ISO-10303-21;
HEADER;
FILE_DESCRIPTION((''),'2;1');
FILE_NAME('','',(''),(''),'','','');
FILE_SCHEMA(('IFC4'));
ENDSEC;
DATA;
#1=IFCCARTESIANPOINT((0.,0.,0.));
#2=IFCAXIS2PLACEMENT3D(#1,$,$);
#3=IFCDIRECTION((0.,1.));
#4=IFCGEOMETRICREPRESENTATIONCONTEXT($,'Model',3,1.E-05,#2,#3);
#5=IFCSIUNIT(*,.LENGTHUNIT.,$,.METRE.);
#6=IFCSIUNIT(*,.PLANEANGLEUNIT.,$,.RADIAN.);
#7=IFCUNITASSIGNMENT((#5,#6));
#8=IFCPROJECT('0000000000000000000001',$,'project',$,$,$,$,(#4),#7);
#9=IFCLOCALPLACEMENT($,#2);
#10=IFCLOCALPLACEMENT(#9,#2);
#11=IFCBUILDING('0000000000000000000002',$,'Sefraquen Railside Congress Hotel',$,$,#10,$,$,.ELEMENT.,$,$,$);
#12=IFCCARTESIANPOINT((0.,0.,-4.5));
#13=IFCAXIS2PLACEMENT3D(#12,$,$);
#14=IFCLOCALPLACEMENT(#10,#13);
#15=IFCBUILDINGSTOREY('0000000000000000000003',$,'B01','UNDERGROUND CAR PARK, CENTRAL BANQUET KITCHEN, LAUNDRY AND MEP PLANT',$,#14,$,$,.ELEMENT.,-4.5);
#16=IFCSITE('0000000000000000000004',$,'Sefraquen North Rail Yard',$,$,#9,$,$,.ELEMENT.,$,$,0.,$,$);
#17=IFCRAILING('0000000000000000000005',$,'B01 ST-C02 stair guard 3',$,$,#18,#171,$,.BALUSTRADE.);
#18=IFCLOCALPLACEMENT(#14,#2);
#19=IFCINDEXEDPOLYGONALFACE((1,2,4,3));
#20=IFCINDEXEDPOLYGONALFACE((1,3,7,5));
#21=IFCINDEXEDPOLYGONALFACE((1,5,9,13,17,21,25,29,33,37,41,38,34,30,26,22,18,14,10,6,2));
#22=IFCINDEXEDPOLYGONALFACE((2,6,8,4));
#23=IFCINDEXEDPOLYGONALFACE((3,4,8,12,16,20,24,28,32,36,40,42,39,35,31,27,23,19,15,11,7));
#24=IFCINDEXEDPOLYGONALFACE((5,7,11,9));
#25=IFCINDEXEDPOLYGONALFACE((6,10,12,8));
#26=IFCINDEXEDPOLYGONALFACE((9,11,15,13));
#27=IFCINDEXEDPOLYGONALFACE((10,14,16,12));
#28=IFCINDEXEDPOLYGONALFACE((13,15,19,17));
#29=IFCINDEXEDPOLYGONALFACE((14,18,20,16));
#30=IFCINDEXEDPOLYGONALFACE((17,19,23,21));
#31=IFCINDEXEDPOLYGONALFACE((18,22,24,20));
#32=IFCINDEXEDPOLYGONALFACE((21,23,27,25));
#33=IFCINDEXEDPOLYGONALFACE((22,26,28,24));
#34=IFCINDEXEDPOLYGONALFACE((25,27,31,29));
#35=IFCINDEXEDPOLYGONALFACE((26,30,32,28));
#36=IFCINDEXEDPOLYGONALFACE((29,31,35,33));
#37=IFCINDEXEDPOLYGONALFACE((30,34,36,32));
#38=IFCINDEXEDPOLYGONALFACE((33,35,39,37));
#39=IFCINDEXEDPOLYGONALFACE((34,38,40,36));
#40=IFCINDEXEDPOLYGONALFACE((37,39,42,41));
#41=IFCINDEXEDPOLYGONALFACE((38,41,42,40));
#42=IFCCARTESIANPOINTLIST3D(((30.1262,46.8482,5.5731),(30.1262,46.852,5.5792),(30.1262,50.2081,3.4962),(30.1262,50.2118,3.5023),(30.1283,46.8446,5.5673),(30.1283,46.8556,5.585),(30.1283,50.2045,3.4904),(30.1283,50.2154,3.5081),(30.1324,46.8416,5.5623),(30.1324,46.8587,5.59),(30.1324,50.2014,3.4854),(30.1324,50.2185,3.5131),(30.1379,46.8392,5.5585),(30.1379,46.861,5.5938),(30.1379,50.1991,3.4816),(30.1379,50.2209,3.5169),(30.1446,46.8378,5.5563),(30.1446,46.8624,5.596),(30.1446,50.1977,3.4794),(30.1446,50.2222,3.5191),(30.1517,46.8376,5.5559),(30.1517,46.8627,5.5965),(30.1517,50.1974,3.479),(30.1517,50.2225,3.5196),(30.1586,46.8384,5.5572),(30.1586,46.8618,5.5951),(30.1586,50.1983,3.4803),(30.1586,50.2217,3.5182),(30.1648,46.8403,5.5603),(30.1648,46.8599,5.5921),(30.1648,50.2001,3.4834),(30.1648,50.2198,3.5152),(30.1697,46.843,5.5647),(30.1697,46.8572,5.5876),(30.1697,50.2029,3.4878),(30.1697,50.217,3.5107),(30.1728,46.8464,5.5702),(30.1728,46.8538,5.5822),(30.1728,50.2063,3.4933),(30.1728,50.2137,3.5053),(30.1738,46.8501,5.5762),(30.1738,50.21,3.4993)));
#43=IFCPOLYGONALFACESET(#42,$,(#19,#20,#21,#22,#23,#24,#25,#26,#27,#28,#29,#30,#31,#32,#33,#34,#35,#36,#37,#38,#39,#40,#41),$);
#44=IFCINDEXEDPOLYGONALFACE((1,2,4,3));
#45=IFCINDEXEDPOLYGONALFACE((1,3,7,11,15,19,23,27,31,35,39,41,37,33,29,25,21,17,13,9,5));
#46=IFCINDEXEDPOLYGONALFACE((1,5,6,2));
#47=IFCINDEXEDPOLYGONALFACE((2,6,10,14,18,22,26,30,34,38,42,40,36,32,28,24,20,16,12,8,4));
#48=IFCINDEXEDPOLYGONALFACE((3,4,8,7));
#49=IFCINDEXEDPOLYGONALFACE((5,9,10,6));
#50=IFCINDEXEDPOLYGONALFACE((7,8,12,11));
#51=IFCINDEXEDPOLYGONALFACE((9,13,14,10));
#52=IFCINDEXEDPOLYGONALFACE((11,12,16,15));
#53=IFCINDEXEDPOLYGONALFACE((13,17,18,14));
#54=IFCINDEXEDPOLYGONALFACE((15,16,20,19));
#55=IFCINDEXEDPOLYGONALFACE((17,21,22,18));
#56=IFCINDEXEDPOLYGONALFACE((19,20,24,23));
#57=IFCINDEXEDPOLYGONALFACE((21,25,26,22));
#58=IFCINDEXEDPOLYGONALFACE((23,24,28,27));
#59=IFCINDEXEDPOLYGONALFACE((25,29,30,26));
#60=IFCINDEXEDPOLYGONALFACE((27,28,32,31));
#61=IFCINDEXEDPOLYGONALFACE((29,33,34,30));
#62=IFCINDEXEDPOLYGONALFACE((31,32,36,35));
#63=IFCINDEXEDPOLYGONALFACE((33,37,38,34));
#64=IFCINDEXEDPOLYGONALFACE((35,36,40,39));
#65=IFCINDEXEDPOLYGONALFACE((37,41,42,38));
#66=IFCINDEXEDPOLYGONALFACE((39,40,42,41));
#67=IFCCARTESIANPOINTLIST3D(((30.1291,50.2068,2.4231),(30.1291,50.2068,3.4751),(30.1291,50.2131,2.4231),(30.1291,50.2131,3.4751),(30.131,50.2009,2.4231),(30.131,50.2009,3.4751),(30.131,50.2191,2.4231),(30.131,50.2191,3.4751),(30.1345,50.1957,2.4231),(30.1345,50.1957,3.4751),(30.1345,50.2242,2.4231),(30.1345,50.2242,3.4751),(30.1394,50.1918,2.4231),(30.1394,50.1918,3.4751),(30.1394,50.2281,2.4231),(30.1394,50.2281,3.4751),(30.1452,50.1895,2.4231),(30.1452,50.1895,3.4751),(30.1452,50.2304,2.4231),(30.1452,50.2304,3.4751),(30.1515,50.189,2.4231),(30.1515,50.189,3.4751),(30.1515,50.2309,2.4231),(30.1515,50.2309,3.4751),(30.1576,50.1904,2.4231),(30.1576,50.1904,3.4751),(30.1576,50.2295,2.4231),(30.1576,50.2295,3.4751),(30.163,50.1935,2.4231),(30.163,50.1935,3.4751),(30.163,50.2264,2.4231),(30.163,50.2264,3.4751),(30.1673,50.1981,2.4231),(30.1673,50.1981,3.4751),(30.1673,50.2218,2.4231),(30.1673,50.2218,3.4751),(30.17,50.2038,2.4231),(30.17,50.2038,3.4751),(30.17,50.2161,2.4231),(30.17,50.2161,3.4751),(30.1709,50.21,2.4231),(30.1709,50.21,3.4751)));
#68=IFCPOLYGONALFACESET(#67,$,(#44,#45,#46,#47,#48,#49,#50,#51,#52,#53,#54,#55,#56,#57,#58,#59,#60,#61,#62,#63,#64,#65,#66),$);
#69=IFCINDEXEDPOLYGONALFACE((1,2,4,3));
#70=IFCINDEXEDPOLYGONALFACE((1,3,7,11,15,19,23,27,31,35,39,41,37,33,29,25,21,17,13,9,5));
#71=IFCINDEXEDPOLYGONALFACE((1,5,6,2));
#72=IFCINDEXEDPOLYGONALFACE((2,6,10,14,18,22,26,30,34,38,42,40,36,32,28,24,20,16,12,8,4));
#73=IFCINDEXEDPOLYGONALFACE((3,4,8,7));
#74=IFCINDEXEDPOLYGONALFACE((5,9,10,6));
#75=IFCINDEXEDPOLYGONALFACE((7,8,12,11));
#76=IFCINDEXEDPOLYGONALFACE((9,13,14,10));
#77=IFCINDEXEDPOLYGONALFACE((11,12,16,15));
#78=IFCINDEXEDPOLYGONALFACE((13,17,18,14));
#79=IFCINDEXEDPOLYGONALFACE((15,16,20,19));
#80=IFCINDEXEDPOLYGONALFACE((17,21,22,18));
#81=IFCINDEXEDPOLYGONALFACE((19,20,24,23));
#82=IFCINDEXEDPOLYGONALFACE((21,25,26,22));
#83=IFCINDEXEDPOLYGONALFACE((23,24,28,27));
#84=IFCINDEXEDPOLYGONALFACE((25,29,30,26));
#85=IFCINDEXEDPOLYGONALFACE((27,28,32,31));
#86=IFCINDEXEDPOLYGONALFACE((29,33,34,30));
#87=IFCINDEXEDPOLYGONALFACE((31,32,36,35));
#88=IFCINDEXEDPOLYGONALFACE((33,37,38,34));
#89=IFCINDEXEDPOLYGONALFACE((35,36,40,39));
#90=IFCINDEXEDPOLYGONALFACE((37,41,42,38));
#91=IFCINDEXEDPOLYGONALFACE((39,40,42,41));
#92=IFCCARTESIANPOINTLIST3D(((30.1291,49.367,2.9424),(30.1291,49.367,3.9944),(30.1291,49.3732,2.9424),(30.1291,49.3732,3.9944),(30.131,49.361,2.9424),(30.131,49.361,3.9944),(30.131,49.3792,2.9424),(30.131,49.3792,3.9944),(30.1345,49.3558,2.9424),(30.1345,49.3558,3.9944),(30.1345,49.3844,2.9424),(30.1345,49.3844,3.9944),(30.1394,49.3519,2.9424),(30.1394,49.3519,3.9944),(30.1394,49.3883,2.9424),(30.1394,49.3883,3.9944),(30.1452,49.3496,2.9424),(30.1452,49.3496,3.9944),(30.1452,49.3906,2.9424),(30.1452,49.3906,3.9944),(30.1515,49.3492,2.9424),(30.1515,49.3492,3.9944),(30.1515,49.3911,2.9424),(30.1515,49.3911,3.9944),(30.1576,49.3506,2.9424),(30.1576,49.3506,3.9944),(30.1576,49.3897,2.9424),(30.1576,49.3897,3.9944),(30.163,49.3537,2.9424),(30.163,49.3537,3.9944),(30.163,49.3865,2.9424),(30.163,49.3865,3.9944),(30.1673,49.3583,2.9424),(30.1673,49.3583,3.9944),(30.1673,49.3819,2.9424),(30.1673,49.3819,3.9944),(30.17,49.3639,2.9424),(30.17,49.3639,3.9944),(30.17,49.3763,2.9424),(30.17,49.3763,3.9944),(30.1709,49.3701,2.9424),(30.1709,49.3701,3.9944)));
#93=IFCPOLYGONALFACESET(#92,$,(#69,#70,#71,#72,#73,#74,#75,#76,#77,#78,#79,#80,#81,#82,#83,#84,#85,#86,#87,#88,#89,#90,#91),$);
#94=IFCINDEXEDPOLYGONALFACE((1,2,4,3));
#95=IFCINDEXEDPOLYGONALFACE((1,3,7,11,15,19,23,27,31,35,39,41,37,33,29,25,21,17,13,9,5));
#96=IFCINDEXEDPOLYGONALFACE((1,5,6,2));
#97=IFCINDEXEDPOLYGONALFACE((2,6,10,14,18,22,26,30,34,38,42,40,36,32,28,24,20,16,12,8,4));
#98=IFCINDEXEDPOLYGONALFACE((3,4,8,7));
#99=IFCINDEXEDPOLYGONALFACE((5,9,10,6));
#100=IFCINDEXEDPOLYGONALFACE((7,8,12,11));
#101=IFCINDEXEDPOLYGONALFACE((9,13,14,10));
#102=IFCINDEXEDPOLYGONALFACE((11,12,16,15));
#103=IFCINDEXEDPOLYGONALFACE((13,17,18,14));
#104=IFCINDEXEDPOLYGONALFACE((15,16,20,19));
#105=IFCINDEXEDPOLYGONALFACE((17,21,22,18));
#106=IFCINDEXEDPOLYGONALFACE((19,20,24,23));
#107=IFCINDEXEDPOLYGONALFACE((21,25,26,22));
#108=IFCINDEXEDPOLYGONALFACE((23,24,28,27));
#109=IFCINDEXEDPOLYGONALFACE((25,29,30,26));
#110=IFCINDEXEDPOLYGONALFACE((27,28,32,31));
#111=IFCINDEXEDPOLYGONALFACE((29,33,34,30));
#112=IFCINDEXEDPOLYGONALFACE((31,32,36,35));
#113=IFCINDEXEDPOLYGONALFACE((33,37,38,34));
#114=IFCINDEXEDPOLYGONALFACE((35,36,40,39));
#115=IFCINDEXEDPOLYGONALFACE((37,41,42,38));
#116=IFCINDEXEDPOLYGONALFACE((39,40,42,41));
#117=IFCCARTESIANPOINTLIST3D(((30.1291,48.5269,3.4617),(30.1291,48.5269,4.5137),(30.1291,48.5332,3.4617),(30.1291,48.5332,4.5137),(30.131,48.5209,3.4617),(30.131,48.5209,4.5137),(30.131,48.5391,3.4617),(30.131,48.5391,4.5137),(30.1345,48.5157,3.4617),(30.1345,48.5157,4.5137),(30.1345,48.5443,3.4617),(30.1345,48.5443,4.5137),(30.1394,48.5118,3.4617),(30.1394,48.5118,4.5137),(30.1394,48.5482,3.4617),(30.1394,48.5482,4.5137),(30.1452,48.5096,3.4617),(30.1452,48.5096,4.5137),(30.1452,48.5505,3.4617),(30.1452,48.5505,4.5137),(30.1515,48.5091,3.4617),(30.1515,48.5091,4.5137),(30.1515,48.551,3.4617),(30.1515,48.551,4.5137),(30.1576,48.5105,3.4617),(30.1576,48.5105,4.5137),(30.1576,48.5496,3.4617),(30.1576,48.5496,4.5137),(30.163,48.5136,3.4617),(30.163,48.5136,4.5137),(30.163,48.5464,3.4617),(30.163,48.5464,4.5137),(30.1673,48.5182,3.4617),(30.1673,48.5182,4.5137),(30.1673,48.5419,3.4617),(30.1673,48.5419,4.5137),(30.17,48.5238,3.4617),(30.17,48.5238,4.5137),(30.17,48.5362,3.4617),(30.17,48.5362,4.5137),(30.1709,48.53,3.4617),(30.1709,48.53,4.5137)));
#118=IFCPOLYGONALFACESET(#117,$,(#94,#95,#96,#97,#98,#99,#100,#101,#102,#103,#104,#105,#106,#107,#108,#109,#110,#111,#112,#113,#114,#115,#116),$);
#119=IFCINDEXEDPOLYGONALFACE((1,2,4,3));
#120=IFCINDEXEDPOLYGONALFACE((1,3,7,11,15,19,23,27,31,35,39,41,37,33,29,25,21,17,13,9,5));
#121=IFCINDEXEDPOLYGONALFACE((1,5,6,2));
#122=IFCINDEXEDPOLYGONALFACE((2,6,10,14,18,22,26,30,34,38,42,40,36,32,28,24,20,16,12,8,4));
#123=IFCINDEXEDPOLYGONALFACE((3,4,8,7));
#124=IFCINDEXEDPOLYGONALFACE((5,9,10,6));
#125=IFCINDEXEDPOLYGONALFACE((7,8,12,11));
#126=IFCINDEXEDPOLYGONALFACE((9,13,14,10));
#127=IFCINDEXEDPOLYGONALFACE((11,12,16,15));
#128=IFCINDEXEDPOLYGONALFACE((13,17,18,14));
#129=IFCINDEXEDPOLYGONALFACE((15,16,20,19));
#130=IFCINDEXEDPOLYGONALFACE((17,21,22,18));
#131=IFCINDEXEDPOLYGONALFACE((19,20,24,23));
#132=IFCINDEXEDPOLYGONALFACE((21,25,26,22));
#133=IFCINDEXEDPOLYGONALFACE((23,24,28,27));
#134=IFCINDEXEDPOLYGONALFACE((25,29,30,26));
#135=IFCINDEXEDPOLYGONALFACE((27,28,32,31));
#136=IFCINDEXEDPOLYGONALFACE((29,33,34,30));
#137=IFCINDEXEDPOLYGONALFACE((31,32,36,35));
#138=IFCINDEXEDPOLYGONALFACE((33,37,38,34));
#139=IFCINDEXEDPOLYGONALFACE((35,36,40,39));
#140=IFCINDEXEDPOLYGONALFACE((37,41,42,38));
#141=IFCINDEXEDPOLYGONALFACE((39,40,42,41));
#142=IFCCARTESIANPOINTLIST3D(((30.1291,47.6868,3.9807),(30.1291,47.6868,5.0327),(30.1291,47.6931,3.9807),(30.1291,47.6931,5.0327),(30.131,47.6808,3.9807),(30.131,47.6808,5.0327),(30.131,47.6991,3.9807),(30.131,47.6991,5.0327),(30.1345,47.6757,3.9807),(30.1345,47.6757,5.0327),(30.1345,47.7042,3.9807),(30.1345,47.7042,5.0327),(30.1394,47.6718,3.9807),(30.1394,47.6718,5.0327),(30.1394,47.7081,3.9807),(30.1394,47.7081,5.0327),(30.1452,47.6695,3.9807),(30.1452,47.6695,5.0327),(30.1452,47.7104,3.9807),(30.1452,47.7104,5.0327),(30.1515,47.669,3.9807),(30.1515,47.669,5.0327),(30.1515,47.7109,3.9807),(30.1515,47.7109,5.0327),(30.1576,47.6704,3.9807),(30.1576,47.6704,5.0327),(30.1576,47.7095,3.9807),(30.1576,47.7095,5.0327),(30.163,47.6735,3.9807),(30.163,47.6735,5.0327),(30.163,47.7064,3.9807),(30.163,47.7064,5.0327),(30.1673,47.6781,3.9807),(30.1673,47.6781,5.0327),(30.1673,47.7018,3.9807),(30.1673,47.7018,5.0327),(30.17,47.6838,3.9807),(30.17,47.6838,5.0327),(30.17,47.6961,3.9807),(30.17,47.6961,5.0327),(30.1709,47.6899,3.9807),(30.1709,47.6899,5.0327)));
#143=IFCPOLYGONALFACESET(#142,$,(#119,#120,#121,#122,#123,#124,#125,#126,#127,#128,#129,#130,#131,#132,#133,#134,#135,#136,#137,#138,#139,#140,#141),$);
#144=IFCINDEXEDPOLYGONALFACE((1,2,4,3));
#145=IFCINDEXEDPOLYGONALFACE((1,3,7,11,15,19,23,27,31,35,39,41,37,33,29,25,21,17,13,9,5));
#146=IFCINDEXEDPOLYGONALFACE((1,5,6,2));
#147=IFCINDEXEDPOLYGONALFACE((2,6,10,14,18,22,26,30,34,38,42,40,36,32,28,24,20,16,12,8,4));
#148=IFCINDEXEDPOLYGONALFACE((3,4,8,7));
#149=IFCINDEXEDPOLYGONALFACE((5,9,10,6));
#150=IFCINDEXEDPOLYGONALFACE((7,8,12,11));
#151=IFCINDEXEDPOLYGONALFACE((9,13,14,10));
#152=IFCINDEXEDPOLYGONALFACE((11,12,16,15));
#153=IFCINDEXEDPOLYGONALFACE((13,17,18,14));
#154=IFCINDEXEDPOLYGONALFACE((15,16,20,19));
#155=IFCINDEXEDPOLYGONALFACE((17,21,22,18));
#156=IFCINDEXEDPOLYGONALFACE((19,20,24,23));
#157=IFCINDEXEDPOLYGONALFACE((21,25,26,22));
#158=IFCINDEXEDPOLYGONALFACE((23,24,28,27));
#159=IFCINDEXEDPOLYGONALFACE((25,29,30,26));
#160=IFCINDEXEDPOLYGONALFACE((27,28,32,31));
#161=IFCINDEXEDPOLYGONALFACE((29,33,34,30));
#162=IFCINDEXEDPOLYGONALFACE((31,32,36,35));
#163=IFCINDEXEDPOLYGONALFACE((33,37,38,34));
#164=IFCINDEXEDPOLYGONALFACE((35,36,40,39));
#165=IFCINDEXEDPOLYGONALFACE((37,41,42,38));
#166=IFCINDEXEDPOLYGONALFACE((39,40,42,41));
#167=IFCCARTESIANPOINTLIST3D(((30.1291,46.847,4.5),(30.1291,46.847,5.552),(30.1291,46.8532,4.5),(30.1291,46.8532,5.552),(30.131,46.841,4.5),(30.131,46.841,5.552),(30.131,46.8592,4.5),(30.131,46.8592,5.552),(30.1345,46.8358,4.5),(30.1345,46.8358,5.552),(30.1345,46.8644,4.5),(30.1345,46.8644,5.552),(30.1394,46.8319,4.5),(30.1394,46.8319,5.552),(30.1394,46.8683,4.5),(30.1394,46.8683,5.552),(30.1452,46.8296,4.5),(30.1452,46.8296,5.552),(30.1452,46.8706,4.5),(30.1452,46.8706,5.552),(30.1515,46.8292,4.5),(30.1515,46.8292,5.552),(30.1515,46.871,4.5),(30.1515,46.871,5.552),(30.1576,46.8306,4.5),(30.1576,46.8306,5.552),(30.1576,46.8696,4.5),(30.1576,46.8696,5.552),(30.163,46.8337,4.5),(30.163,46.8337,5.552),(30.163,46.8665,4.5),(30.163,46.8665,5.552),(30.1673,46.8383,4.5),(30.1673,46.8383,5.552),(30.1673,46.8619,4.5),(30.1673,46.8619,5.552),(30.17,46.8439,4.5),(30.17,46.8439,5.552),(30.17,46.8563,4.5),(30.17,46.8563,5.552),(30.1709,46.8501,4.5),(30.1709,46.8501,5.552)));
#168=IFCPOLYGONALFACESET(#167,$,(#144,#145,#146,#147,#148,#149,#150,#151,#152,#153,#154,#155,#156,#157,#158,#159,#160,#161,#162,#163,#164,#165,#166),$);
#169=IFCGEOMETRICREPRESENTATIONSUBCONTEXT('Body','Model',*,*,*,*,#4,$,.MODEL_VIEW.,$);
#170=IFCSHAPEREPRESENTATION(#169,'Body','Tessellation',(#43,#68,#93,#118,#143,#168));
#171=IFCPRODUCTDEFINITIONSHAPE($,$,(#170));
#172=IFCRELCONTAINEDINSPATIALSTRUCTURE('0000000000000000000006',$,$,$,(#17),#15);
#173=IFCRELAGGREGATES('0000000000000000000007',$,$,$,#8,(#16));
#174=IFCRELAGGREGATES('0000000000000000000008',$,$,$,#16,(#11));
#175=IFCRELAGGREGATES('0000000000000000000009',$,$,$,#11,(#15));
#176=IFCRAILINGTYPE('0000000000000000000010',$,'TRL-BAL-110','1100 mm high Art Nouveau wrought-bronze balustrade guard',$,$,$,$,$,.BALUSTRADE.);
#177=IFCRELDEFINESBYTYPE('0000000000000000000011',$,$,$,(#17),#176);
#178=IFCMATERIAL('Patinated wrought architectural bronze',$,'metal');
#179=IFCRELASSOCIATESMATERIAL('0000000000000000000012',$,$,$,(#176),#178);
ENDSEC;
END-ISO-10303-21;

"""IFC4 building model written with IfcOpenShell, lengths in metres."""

from ifc_helpers import new_model, si_unit, direction, frame, origin, origin_2d, place, context, subcontext, project, spatial, circle, extrude, material, type_object, element, save


model = new_model("IFC4")

# Units and contexts
model_context = context("Model", 3, precision=1e-05, world=origin(), true_north=direction((0.0, 1.0)))
body_context = subcontext(model_context, "Body", "Model", "MODEL_VIEW")
ifc_project = project(units=[si_unit("LENGTHUNIT", "METRE"), si_unit("PLANEANGLEUNIT", "RADIAN")], contexts=[model_context])

# Site, building, storey
site_placement = place(None, origin())
site = spatial("IfcSite", under=ifc_project, at=site_placement, Name="Sefraquen North Rail Yard", CompositionType="ELEMENT", RefElevation=0.0)
building_placement = place(site_placement, origin())
building = spatial("IfcBuilding", under=site, at=building_placement, Name="Sefraquen Railside Congress Hotel", CompositionType="ELEMENT")
storey_placement = place(building_placement, frame((0.0, 0.0, -4.5)))
storey = spatial("IfcBuildingStorey", under=building, at=storey_placement, Name="B01", Description="UNDERGROUND CAR PARK, CENTRAL BANQUET KITCHEN, LAUNDRY AND MEP PLANT", CompositionType="ELEMENT", Elevation=-4.5)

# Railing
ifc_material_1 = material(Name="Patinated wrought architectural bronze", Category="metal")
railing_type_1 = type_object("IfcRailingType", Name="TRL-BAL-110", Description="1100 mm high Art Nouveau wrought-bronze balustrade guard", PredefinedType="BALUSTRADE", material=ifc_material_1)
railing_1_placement = place(storey_placement, frame((30.1499, 50.21, 2.4231)))
element("IfcRailing", 1, at=railing_1_placement, inside=storey, type_object=railing_type_1, Name="B01 ST-C02 stair guard 3", PredefinedType="BALUSTRADE", context=body_context, shape_type="SweptSolid", body=[
    extrude(circle(Radius=0.0239, at=origin_2d()), frame((0.0, 0.0, 1.0762), z_axis=(0.0, -0.850606, 0.525803), x_axis=(1.0, 0.0, 0.0)), (0.0, 0.0, 1.0), 3.95),
    extrude(circle(Radius=0.021, at=origin_2d()), origin(), (0.0, 0.0, 1.0), 1.052),
    extrude(circle(Radius=0.021, at=origin_2d()), frame((0.0, -0.8398, 0.5193)), (0.0, 0.0, 1.0), 1.052),
    extrude(circle(Radius=0.021, at=origin_2d()), frame((0.0, -1.6799, 1.0386)), (0.0, 0.0, 1.0), 1.052),
    extrude(circle(Radius=0.021, at=origin_2d()), frame((0.0, -2.52, 1.5576)), (0.0, 0.0, 1.0), 1.052),
    extrude(circle(Radius=0.021, at=origin_2d()), frame((0.0, -3.3599, 2.0769)), (0.0, 0.0, 1.0), 1.052),
])

save(model, "model.ifc")
